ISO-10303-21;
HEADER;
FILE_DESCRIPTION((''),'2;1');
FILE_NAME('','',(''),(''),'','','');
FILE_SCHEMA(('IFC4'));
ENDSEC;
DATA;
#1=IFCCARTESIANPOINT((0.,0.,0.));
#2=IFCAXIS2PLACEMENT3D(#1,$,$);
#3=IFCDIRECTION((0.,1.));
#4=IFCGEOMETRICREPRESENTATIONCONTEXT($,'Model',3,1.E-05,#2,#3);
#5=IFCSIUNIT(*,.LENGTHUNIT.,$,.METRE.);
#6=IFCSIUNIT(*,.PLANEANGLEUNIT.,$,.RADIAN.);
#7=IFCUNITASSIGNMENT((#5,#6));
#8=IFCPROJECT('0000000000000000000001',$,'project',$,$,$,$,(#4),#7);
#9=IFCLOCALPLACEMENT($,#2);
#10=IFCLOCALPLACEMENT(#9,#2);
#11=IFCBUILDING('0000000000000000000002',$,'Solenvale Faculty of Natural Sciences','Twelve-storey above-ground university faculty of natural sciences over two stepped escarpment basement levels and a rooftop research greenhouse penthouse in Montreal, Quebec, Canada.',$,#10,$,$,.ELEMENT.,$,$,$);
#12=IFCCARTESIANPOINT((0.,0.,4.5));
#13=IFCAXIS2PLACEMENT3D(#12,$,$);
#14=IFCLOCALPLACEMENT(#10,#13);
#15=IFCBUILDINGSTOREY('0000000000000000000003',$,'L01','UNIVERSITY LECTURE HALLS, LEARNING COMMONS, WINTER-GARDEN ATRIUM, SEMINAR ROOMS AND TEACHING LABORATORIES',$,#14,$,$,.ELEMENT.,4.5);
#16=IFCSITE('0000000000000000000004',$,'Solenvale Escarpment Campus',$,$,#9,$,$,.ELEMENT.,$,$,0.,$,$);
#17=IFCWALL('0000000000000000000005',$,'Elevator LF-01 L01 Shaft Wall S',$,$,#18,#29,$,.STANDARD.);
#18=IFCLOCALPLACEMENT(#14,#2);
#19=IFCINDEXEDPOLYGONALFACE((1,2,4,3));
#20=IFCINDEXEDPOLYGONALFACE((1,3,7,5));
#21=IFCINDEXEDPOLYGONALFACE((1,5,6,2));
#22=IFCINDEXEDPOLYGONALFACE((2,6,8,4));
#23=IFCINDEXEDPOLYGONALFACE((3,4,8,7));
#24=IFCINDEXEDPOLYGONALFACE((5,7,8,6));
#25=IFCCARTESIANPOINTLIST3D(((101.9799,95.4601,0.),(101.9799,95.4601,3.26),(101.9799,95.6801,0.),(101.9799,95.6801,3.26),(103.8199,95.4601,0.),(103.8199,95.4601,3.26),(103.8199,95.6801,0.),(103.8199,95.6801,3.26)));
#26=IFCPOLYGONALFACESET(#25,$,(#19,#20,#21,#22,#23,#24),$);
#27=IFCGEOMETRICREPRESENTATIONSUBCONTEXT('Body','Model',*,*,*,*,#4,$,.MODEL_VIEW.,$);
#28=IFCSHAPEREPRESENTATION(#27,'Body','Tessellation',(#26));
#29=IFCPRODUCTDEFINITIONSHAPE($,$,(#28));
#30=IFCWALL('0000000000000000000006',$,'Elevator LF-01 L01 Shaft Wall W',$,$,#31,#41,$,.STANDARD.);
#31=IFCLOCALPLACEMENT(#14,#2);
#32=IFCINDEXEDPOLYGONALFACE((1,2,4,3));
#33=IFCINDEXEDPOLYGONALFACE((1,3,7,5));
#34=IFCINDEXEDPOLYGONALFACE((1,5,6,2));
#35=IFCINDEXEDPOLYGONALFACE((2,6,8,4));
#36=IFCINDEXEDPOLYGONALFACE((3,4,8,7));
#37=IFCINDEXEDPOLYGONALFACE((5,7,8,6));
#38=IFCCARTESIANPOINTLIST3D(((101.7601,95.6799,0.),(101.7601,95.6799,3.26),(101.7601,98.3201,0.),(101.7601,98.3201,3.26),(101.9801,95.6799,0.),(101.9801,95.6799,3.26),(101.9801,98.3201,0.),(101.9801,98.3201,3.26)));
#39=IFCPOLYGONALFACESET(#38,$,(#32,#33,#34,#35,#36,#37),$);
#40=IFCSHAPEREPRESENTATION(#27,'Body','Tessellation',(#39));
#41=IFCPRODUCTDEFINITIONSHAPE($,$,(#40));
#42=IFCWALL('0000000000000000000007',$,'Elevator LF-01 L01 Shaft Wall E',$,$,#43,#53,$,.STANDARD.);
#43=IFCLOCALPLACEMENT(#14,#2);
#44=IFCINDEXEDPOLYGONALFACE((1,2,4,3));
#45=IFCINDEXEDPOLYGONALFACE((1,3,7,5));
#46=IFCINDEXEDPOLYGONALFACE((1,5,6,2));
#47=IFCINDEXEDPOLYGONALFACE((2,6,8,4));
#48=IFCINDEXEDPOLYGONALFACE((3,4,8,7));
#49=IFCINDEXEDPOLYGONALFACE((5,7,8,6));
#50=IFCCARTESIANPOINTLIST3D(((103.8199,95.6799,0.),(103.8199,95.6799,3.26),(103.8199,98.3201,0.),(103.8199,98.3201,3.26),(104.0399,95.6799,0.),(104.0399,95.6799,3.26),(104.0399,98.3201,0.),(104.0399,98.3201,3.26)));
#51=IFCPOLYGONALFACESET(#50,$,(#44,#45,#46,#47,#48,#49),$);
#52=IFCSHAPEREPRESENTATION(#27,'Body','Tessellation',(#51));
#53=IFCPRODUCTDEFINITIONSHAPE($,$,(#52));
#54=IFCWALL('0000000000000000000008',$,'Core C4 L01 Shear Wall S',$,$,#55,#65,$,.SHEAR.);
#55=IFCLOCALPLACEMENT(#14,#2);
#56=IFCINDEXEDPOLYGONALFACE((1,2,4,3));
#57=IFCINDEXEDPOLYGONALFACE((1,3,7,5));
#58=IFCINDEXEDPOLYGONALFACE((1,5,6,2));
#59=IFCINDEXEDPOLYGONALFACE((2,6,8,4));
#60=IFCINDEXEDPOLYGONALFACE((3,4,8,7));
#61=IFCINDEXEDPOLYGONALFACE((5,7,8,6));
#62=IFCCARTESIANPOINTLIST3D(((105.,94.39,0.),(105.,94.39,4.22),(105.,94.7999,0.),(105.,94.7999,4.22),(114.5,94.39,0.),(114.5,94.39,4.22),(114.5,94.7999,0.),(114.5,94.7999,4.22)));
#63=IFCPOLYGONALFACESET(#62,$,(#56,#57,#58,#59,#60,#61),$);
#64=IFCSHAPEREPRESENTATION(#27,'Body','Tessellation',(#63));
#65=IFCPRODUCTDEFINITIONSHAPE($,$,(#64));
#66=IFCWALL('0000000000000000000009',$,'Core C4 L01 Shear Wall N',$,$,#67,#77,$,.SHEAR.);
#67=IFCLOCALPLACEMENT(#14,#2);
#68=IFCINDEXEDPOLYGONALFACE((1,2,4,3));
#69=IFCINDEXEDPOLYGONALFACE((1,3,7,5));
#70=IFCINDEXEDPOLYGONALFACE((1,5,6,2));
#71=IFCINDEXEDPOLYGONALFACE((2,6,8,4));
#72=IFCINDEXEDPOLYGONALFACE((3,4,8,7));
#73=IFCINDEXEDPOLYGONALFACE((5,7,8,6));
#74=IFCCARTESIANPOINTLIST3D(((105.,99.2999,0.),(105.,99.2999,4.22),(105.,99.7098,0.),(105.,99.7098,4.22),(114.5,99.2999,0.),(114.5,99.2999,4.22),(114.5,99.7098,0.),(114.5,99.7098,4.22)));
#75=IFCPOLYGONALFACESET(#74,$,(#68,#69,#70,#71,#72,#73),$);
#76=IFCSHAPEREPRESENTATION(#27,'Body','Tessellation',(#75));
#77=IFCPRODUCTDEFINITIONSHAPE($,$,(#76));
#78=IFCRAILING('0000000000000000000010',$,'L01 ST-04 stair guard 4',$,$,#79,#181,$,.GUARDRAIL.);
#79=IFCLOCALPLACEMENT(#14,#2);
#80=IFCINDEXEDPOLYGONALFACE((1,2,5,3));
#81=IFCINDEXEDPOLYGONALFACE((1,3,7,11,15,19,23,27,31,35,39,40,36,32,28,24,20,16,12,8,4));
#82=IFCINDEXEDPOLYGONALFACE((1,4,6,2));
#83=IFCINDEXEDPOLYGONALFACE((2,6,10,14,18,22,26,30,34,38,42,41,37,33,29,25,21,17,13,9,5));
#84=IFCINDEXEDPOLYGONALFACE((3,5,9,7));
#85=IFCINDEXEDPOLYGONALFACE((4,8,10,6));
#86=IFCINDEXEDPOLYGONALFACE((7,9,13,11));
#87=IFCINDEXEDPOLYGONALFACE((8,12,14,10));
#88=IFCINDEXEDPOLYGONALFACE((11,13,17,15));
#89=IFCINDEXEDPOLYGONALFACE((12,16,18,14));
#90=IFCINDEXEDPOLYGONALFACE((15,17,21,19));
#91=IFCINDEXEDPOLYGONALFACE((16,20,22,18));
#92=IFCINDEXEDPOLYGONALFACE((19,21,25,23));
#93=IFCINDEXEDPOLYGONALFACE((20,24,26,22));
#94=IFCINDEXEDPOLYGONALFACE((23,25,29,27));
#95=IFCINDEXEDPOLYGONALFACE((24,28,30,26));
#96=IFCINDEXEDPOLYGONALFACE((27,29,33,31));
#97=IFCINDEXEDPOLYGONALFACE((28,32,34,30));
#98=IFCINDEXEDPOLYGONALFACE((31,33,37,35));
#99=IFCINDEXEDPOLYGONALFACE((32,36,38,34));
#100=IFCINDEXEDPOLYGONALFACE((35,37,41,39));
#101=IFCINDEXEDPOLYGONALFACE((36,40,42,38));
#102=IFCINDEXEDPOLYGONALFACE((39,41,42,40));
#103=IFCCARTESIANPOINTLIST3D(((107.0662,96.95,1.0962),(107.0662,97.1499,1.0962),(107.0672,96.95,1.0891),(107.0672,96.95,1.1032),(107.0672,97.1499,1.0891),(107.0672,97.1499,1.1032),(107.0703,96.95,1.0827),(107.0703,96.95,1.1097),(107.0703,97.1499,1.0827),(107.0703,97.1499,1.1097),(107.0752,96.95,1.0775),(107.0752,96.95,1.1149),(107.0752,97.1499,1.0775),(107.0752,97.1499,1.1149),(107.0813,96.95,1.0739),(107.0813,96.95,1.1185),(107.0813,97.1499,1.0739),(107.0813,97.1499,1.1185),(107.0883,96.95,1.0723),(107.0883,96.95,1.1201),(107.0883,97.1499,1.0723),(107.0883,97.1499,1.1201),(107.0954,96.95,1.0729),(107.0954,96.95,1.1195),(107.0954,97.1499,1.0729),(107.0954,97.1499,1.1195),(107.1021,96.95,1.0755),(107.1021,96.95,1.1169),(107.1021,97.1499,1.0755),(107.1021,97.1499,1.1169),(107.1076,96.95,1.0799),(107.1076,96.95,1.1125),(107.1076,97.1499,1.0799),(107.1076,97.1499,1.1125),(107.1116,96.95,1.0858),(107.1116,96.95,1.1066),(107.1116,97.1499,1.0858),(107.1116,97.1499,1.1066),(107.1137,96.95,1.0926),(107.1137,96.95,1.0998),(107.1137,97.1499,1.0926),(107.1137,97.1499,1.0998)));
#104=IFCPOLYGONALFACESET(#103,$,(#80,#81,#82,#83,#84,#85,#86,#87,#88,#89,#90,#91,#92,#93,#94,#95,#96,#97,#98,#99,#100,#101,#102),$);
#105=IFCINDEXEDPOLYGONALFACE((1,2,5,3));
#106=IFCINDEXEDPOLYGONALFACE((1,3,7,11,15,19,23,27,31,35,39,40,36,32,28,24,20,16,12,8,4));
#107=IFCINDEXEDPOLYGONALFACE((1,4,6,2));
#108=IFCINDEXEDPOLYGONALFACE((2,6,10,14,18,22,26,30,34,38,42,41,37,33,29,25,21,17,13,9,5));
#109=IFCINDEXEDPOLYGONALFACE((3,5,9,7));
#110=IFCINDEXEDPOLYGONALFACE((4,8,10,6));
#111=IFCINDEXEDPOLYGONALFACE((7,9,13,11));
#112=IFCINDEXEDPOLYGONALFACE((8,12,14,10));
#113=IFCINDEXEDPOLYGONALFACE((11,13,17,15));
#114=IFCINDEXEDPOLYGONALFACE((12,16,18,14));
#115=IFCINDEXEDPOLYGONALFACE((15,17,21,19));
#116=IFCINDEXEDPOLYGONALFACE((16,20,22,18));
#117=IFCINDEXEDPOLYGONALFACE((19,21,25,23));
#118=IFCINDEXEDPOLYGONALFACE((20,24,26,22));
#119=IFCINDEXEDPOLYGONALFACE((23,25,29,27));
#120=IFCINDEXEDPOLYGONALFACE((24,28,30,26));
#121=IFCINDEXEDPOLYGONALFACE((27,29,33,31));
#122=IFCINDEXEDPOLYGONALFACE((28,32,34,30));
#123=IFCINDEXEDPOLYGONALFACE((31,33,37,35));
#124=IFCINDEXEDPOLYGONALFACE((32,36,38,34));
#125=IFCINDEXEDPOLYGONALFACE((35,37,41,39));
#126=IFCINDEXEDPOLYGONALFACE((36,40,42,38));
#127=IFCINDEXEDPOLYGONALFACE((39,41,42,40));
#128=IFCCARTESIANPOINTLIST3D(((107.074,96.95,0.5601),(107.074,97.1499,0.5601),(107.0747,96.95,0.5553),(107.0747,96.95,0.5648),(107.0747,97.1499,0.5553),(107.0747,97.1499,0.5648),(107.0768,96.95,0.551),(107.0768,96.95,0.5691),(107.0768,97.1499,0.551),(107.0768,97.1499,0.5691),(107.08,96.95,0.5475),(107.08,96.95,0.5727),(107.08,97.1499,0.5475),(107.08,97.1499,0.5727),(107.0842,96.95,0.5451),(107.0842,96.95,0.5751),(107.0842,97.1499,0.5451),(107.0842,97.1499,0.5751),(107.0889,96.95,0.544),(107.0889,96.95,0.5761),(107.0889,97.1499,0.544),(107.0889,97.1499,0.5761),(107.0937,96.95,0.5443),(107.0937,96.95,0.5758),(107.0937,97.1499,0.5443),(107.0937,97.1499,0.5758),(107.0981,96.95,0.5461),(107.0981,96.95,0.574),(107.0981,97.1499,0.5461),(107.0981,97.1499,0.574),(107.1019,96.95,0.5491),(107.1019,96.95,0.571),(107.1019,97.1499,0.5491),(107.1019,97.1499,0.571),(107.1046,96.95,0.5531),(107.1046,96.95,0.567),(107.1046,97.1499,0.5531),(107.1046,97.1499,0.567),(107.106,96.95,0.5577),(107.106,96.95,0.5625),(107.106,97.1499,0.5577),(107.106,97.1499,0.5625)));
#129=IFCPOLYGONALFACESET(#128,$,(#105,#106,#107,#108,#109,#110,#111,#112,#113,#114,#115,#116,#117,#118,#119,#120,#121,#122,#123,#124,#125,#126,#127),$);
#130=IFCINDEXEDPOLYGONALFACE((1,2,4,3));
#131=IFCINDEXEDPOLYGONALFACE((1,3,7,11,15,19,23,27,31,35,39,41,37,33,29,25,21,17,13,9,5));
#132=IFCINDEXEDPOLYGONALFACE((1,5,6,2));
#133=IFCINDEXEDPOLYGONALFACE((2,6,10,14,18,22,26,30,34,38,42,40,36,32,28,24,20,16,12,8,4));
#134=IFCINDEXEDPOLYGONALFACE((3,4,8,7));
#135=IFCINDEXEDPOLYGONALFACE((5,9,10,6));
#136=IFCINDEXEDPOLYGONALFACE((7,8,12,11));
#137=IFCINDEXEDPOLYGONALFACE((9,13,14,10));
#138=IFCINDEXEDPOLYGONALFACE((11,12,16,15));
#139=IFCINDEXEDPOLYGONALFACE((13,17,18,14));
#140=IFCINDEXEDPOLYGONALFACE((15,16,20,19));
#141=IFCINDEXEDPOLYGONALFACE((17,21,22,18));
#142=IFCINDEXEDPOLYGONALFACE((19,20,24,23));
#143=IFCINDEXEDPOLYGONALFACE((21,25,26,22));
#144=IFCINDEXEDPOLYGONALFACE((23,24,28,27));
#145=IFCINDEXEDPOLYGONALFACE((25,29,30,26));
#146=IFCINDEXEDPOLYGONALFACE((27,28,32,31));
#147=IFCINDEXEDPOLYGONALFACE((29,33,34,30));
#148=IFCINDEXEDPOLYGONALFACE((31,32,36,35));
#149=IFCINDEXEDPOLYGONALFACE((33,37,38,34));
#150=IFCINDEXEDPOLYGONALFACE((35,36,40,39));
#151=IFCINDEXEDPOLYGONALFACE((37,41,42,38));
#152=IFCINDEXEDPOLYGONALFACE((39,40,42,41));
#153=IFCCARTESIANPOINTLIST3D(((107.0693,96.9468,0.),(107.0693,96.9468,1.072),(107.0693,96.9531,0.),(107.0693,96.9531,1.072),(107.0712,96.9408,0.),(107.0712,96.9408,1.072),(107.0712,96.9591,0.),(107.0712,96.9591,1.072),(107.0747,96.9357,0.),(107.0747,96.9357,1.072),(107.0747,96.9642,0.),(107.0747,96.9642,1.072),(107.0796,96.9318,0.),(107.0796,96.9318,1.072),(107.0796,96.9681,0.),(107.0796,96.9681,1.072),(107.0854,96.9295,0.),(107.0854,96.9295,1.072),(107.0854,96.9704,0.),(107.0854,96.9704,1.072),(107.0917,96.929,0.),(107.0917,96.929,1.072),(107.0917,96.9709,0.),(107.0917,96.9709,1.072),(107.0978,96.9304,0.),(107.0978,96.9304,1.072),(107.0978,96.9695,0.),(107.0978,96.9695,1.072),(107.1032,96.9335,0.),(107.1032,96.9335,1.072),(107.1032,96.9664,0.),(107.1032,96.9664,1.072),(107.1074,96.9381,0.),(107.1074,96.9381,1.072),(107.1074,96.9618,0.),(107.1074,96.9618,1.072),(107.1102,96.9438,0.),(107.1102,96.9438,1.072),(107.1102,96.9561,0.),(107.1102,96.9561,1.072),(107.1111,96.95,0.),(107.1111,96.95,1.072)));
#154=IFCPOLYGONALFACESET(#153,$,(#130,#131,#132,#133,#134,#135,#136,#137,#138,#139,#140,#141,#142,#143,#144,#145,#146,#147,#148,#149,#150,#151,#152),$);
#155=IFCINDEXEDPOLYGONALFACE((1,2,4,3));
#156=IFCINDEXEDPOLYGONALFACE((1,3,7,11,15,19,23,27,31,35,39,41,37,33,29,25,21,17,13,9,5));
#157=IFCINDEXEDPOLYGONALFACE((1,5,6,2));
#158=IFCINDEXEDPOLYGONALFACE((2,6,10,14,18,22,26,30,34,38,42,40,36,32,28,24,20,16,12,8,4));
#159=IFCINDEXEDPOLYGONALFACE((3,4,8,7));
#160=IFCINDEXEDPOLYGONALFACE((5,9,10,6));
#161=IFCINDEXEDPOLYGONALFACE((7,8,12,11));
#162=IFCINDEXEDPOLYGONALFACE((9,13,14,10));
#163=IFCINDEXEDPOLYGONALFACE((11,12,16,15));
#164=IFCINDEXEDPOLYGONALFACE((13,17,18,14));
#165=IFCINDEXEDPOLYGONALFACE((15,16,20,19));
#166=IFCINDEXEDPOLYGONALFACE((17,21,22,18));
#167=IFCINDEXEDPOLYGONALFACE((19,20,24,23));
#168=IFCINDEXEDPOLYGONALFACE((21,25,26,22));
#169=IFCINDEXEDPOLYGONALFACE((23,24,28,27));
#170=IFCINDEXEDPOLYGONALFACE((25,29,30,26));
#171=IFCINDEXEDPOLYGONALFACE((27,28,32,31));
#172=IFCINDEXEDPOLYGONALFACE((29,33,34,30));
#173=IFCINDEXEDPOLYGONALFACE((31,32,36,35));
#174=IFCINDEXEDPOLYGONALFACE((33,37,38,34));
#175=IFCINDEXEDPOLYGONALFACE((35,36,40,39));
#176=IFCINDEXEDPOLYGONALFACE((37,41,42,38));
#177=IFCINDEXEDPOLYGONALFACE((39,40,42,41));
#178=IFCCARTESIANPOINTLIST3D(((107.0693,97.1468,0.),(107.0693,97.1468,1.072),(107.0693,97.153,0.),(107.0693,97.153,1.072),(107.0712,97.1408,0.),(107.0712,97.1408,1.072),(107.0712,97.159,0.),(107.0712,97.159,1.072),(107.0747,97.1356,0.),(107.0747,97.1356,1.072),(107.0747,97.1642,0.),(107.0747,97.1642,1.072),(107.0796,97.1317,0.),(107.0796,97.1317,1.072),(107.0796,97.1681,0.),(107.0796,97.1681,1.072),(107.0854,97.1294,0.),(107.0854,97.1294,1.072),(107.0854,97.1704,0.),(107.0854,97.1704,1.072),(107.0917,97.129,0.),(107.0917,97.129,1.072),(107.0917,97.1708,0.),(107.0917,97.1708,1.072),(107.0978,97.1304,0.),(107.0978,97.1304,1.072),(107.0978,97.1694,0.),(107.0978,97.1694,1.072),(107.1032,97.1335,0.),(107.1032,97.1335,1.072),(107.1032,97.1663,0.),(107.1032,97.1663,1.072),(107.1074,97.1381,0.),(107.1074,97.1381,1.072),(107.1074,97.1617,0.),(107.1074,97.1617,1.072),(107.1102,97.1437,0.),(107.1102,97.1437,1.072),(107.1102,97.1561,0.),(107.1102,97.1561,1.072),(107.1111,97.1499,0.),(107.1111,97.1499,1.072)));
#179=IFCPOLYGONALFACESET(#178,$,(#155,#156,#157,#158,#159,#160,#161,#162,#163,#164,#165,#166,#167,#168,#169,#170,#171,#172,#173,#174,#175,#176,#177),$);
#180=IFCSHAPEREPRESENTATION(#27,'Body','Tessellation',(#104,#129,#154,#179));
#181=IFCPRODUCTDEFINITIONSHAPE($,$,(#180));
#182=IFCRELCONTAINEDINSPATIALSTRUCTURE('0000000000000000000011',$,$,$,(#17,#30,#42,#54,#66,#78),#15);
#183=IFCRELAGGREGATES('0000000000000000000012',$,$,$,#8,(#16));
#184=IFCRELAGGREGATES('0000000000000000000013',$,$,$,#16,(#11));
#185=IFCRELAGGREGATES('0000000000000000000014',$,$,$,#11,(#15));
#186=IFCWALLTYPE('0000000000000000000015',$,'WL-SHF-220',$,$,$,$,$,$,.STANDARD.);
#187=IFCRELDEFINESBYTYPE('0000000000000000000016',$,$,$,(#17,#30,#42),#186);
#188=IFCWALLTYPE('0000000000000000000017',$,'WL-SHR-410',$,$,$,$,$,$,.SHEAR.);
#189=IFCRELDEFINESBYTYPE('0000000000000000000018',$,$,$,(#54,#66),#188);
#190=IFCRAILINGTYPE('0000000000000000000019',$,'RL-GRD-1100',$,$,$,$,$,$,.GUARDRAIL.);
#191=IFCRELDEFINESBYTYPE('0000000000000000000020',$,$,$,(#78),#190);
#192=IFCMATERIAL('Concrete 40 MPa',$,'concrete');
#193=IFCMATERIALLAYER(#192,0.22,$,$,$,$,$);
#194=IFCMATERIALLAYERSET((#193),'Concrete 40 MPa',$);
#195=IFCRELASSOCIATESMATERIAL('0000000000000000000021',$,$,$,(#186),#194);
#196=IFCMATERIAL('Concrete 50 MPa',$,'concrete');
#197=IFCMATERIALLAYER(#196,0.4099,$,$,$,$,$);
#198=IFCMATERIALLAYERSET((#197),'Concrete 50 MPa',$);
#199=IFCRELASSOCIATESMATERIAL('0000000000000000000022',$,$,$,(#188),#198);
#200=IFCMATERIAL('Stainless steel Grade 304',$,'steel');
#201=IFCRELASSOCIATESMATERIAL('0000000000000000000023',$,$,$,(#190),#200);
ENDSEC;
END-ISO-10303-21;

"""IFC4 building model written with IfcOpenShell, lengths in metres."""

from ifc_helpers import new_model, si_unit, direction, frame, frame_2d, origin, origin_2d, place, context, subcontext, project, spatial, rectangle, circle, extrude, material, layer, layer_set, type_object, element, save


model = new_model("IFC4")

# Units and contexts
model_context = context("Model", 3, precision=1e-05, world=origin(), true_north=direction((0.0, 1.0)))
body_context = subcontext(model_context, "Body", "Model", "MODEL_VIEW")
ifc_project = project(units=[si_unit("LENGTHUNIT", "METRE"), si_unit("PLANEANGLEUNIT", "RADIAN")], contexts=[model_context])

# Site, building, storey
site_placement = place(None, origin())
site = spatial("IfcSite", under=ifc_project, at=site_placement, Name="Solenvale Escarpment Campus", CompositionType="ELEMENT", RefElevation=0.0)
building_placement = place(site_placement, origin())
building = spatial("IfcBuilding", under=site, at=building_placement, Name="Solenvale Faculty of Natural Sciences", Description="Twelve-storey above-ground university faculty of natural sciences over two stepped escarpment basement levels and a rooftop research greenhouse penthouse in Montreal, Quebec, Canada.", CompositionType="ELEMENT")
storey_placement = place(building_placement, frame((0.0, 0.0, 4.5)))
storey = spatial("IfcBuildingStorey", under=building, at=storey_placement, Name="L01", Description="UNIVERSITY LECTURE HALLS, LEARNING COMMONS, WINTER-GARDEN ATRIUM, SEMINAR ROOMS AND TEACHING LABORATORIES", CompositionType="ELEMENT", Elevation=4.5)

# Shared definitions
ifc_material_1 = material(Name="Concrete 50 MPa", Category="concrete")

# Shared definitions
ifc_material_2 = material(Name="Concrete 40 MPa", Category="concrete")

# Wall
ifc_layer_1 = layer(ifc_material_2, 0.22)
ifc_layer_set_1 = layer_set([ifc_layer_1], Name="Concrete 40 MPa")
wall_type_1 = type_object("IfcWallType", Name="WL-SHF-220", PredefinedType="STANDARD", material=ifc_layer_set_1)
wall_1_placement = place(storey_placement, frame((101.98, 95.5701, 0.0), z_axis=(0.0, 0.0, 1.0), x_axis=(1.0, 0.0, 0.0)))
element("IfcWall", 1, at=wall_1_placement, inside=storey, type_object=wall_type_1, Name="Elevator LF-01 L01 Shaft Wall S", PredefinedType="STANDARD", context=body_context, shape_type="SweptSolid", body=[
    extrude(rectangle(XDim=1.8401, YDim=0.22, at=frame_2d((0.9199, 0.0))), origin(), (0.0, 0.0, 1.0), 3.26),
])

# Shared definitions
ifc_material_3 = material(Name="Stainless steel Grade 304", Category="steel")

# Walls
for number, where, z_axis, x_axis, name in (
    (2, (101.8701, 95.6799, 0.0), (0.0, 0.0, 1.0), (0.0, 1.0, 0.0), "Elevator LF-01 L01 Shaft Wall W"),
    (3, (103.9299, 95.6799, 0.0), (0.0, 0.0, 1.0), (0.0, 1.0, 0.0), "Elevator LF-01 L01 Shaft Wall E"),
):
    element("IfcWall", number, at=place(storey_placement, frame(where, z_axis=z_axis, x_axis=x_axis)), inside=storey, type_object=wall_type_1, Name=name, PredefinedType="STANDARD", context=body_context, shape_type="SweptSolid", body=[
        extrude(rectangle(XDim=2.6401, YDim=0.22, at=frame_2d((1.3201, 0.0))), origin(), (0.0, 0.0, 1.0), 3.26),
    ])
ifc_layer_2 = layer(ifc_material_1, 0.4099)
ifc_layer_set_2 = layer_set([ifc_layer_2], Name="Concrete 50 MPa")
wall_type_2 = type_object("IfcWallType", Name="WL-SHR-410", PredefinedType="SHEAR", material=ifc_layer_set_2)
for number, where, z_axis, x_axis, name in (
    (4, (105.0, 94.595, 0.0), (0.0, 0.0, 1.0), (1.0, 0.0, 0.0), "Core C4 L01 Shear Wall S"),
    (5, (105.0, 99.5049, 0.0), (0.0, 0.0, 1.0), (1.0, 0.0, 0.0), "Core C4 L01 Shear Wall N"),
):
    element("IfcWall", number, at=place(storey_placement, frame(where, z_axis=z_axis, x_axis=x_axis)), inside=storey, type_object=wall_type_2, Name=name, PredefinedType="SHEAR", context=body_context, shape_type="SweptSolid", body=[
        extrude(rectangle(XDim=9.5, YDim=0.4099, at=frame_2d((4.75, 0.0))), origin(), (0.0, 0.0, 1.0), 4.22),
    ])

# Railing
railing_type_1 = type_object("IfcRailingType", Name="RL-GRD-1100", PredefinedType="GUARDRAIL", material=ifc_material_3)
railing_1_placement = place(storey_placement, frame((107.0901, 96.95, 0.0)))
element("IfcRailing", 6, at=railing_1_placement, inside=storey, type_object=railing_type_1, Name="L01 ST-04 stair guard 4", PredefinedType="GUARDRAIL", context=body_context, shape_type="SweptSolid", body=[
    extrude(circle(Radius=0.0239, at=origin_2d()), frame((0.0, 0.0, 1.0962), z_axis=(0.0, 1.0, 0.0), x_axis=(-1.0, 0.0, 0.0)), (0.0, 0.0, 1.0), 0.2),
    extrude(circle(Radius=0.0161, at=origin_2d()), frame((0.0, 0.0, 0.5601), z_axis=(0.0, 1.0, 0.0), x_axis=(-1.0, 0.0, 0.0)), (0.0, 0.0, 1.0), 0.2),
    extrude(circle(Radius=0.021, at=origin_2d()), origin(), (0.0, 0.0, 1.0), 1.072),
    extrude(circle(Radius=0.021, at=origin_2d()), frame((0.0, 0.2, 0.0)), (0.0, 0.0, 1.0), 1.072),
])

save(model, "model.ifc")
